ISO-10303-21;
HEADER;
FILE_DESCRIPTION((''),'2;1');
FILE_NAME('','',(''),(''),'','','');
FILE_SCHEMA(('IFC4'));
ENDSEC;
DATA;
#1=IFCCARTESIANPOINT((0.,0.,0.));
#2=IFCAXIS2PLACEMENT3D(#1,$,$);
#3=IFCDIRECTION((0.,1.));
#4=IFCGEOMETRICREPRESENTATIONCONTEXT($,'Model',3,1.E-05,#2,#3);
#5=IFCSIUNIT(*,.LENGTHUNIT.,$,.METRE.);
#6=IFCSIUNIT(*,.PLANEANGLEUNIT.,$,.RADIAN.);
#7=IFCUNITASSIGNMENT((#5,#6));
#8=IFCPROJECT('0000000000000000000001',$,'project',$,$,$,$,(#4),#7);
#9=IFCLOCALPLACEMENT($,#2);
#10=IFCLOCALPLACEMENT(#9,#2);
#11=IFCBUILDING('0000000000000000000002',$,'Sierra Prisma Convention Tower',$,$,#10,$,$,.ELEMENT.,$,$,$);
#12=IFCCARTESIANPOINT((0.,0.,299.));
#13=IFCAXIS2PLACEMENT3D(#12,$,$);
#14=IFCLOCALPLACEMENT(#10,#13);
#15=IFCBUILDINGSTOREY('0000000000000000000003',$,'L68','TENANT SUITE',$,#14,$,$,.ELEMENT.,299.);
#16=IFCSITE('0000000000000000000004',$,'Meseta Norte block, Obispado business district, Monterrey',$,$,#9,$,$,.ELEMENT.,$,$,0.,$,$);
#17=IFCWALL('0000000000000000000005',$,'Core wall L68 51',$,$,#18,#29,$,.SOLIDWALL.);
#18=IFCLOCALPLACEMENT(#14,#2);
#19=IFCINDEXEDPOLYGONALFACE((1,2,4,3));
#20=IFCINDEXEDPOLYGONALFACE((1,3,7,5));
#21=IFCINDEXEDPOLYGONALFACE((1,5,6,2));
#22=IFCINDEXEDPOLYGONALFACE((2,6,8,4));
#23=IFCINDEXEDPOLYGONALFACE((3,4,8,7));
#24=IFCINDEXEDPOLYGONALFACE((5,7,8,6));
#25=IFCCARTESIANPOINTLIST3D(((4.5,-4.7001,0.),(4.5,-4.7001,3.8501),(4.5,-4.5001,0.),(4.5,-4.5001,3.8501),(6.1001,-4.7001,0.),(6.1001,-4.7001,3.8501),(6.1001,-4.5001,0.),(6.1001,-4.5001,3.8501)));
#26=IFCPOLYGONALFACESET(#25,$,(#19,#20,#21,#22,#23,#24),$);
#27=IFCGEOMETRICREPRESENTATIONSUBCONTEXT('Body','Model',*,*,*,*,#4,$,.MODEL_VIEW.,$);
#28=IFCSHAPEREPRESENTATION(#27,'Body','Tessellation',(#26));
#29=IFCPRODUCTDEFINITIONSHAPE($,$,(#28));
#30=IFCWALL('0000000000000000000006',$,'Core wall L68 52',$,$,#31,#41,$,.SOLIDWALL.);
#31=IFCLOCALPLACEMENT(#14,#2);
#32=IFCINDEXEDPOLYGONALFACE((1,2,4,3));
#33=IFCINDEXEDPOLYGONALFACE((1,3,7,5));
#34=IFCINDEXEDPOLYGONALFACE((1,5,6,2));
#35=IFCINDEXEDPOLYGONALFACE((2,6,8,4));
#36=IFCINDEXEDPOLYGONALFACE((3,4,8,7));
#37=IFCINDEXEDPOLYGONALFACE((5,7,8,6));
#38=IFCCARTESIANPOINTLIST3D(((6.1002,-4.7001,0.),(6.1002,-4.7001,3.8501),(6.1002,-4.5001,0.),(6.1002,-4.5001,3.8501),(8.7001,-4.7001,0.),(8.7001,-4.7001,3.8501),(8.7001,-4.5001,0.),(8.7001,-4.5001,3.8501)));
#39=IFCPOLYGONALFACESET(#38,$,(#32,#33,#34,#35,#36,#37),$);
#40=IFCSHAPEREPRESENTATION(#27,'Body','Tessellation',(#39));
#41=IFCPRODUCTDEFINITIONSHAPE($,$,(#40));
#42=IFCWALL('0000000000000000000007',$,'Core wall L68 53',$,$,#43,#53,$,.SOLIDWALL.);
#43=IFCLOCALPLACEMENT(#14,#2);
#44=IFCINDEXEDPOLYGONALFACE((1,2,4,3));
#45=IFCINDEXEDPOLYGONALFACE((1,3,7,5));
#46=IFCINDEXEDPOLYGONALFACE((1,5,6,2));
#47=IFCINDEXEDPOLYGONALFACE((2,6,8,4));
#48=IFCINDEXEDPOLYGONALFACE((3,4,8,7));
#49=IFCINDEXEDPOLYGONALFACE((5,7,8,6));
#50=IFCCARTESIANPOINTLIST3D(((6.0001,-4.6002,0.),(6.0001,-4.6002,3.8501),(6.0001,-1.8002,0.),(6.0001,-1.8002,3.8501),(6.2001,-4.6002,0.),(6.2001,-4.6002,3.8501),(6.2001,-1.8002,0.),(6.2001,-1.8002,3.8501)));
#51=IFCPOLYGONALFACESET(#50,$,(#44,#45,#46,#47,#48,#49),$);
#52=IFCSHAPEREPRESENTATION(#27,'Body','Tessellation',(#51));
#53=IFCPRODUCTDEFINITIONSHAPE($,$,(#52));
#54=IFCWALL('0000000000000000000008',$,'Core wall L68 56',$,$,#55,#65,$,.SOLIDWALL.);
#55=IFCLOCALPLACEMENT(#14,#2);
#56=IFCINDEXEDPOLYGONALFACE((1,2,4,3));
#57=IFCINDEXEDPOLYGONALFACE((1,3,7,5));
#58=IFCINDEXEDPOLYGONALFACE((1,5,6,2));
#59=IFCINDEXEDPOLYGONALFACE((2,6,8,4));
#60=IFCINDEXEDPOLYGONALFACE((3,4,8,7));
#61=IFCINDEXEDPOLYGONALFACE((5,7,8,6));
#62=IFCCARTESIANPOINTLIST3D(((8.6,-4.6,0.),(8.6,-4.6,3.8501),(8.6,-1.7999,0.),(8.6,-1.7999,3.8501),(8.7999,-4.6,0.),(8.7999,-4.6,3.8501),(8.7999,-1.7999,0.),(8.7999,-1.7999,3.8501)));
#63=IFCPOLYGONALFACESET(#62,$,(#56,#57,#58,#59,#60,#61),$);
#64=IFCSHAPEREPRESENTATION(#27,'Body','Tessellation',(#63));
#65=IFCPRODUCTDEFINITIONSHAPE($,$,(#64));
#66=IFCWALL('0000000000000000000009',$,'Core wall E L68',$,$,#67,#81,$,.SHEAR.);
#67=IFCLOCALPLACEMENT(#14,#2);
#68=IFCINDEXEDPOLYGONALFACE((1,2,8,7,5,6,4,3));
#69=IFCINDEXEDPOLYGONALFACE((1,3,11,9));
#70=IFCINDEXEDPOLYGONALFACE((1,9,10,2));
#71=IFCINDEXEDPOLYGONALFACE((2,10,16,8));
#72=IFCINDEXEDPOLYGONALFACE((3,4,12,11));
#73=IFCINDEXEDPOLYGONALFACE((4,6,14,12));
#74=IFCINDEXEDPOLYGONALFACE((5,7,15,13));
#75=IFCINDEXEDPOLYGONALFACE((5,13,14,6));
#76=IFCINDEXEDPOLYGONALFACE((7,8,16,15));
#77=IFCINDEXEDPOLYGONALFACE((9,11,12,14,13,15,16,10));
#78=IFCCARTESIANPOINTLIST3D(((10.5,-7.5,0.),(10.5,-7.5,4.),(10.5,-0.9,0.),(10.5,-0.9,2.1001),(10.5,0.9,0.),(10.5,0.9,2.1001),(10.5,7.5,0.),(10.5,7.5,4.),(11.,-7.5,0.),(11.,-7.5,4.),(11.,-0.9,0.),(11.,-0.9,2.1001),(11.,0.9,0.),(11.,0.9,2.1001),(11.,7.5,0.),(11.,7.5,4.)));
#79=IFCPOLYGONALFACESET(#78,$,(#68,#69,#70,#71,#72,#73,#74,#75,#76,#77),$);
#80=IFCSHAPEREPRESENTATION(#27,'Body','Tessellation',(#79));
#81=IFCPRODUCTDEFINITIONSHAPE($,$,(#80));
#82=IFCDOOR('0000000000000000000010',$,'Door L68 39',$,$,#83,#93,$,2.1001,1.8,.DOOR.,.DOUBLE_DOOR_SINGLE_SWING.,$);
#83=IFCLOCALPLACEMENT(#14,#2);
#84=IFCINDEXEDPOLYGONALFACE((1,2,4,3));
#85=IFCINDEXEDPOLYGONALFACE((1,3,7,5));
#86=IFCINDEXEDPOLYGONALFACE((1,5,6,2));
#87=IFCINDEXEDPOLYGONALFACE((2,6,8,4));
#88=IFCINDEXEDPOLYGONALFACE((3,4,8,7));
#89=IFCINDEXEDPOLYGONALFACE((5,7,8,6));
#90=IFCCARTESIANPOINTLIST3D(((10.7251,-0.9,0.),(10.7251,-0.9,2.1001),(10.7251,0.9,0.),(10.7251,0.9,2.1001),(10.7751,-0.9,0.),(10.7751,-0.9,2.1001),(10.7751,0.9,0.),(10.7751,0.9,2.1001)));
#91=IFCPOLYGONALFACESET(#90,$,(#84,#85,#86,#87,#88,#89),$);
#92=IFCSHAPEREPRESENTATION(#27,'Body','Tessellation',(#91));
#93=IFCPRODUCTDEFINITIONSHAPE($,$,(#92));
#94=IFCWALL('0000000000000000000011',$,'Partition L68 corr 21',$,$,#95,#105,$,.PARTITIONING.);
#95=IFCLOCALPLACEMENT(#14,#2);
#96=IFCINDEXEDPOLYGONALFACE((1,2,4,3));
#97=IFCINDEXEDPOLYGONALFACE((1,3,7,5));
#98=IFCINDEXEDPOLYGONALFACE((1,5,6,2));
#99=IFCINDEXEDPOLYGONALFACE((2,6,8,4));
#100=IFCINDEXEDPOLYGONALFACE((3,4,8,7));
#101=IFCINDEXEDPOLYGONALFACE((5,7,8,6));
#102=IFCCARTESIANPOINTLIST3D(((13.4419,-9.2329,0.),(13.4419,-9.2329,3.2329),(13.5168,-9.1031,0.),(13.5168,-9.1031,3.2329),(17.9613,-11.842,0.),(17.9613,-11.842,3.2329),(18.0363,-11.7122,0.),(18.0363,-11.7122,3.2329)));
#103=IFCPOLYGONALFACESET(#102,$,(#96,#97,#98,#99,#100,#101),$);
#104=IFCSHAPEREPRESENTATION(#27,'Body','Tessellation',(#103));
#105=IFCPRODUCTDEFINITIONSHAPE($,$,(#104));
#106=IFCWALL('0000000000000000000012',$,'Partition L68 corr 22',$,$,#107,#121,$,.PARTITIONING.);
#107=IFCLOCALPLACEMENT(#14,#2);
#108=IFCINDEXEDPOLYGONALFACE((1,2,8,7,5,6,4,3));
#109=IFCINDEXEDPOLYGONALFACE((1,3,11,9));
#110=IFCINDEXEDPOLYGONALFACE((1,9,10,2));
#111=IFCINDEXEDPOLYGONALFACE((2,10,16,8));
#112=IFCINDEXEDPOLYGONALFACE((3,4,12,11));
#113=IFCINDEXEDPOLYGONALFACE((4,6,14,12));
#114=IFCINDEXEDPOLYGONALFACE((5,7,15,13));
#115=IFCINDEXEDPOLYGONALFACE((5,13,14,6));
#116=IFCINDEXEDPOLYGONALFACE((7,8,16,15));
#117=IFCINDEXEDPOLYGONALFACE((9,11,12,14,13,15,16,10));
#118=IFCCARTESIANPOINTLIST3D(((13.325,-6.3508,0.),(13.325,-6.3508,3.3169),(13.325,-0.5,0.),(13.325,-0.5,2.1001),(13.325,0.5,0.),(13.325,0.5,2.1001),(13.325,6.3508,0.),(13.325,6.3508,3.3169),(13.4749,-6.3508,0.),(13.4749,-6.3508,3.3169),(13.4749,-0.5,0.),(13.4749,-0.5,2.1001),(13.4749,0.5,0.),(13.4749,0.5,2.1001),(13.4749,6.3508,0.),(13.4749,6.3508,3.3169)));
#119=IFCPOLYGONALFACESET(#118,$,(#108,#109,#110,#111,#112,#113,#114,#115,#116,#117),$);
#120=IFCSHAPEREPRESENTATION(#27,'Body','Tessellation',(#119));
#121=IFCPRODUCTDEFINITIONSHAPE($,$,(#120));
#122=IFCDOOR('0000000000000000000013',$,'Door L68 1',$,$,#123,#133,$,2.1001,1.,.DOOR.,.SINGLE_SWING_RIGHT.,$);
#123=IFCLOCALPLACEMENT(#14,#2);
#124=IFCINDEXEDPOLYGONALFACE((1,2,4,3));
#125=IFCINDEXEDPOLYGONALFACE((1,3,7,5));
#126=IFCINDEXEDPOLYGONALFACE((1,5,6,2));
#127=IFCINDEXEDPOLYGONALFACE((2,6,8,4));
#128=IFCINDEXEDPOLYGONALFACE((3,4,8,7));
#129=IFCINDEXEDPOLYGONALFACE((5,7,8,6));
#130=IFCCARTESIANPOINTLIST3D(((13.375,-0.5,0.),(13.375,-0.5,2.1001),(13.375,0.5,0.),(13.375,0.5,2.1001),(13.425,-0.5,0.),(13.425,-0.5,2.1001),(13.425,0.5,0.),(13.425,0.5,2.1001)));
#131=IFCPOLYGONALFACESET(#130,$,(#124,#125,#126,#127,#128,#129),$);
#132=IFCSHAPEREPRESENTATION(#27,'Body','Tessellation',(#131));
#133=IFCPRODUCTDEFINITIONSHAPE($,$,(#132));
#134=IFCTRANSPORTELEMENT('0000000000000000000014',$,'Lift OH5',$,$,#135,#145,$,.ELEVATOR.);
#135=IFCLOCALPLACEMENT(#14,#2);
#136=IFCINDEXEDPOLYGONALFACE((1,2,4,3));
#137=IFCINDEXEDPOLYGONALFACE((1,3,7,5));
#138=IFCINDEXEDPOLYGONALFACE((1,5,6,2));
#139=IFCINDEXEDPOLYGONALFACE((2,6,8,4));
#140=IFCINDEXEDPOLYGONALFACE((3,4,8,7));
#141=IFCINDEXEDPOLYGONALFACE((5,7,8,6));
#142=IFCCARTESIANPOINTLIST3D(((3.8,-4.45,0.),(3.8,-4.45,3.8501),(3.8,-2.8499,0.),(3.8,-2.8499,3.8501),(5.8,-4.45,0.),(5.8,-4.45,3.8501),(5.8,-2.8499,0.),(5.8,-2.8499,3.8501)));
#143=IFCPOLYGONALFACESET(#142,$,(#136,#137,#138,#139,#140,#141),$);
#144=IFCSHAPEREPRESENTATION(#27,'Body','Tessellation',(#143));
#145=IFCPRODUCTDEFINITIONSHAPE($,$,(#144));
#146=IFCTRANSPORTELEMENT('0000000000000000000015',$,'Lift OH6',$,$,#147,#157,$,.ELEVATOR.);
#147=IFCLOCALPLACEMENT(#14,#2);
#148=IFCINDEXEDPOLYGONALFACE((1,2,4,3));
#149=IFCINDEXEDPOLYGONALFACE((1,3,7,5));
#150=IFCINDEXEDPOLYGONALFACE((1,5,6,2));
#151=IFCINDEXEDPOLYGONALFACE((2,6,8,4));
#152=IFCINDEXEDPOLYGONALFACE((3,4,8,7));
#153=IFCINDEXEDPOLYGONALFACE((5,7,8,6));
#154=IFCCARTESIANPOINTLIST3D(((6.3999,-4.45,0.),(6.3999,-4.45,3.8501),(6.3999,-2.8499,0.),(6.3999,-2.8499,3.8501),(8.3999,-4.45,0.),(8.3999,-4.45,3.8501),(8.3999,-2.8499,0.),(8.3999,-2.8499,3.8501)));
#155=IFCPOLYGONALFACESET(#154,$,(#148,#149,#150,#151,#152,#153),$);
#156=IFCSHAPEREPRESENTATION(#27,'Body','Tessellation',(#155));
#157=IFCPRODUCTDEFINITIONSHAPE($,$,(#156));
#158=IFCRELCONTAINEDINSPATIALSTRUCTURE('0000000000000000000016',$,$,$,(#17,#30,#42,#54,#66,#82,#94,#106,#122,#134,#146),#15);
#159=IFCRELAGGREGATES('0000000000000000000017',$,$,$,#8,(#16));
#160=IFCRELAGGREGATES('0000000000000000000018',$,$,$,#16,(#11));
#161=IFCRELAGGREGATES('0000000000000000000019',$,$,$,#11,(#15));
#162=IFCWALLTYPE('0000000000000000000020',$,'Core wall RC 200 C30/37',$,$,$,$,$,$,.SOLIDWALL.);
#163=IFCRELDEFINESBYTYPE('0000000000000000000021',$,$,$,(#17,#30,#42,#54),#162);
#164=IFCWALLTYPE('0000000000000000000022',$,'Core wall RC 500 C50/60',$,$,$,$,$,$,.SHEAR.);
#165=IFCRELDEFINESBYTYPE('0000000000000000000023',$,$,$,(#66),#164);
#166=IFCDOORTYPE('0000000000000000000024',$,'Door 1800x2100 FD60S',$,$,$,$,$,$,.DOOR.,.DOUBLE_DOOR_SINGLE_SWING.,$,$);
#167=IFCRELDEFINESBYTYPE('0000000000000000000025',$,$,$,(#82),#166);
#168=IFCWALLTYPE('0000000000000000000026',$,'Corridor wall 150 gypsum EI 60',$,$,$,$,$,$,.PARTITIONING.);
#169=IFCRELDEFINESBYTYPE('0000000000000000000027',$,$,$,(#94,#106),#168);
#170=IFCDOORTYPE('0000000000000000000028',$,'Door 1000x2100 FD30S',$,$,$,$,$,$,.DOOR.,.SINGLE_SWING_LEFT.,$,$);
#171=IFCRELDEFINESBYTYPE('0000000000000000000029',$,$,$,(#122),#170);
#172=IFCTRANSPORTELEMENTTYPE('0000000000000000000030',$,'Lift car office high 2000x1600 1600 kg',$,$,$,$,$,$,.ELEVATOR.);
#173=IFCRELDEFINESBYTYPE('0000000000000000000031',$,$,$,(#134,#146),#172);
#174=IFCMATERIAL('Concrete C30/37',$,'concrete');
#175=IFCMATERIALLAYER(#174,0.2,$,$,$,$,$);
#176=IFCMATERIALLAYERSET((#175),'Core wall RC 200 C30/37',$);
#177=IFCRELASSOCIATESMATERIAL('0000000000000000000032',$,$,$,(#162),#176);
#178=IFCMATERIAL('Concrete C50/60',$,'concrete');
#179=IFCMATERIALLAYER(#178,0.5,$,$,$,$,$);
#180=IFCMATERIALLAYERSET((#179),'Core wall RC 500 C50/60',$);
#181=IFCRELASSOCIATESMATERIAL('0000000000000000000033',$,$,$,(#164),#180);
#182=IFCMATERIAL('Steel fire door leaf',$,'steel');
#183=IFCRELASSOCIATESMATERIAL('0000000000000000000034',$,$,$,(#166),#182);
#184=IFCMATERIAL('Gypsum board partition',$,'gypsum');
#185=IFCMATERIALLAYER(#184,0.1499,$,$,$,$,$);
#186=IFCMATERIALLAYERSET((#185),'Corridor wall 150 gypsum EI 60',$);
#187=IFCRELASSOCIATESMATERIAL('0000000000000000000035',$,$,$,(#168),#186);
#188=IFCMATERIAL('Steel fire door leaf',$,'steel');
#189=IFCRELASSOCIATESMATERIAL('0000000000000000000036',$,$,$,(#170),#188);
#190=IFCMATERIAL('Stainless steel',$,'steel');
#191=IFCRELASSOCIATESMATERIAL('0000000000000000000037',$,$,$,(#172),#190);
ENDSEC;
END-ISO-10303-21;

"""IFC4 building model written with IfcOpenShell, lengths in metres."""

from ifc_helpers import new_model, si_unit, direction, frame, frame_2d, origin, origin_2d, place, context, subcontext, project, spatial, rectangle, extrude, material, layer, layer_set, type_object, element, fill, save


model = new_model("IFC4")

# Units and contexts
model_context = context("Model", 3, precision=1e-05, world=origin(), true_north=direction((0.0, 1.0)))
body_context = subcontext(model_context, "Body", "Model", "MODEL_VIEW")
ifc_project = project(units=[si_unit("LENGTHUNIT", "METRE"), si_unit("PLANEANGLEUNIT", "RADIAN")], contexts=[model_context])

# Site, building, storey
site_placement = place(None, origin())
site = spatial("IfcSite", under=ifc_project, at=site_placement, Name="Meseta Norte block, Obispado business district, Monterrey", CompositionType="ELEMENT", RefElevation=0.0)
building_placement = place(site_placement, origin())
building = spatial("IfcBuilding", under=site, at=building_placement, Name="Sierra Prisma Convention Tower", CompositionType="ELEMENT")
storey_placement = place(building_placement, frame((0.0, 0.0, 299.0)))
storey = spatial("IfcBuildingStorey", under=building, at=storey_placement, Name="L68", Description="TENANT SUITE", CompositionType="ELEMENT", Elevation=299.0)

# Walls
ifc_material_1 = material(Name="Concrete C30/37", Category="concrete")
ifc_layer_1 = layer(ifc_material_1, 0.2)
ifc_layer_set_1 = layer_set([ifc_layer_1], Name="Core wall RC 200 C30/37")
wall_type_1 = type_object("IfcWallType", Name="Core wall RC 200 C30/37", PredefinedType="SOLIDWALL", material=ifc_layer_set_1)
wall_1_placement = place(storey_placement, frame((6.1001, -4.6001, 0.0), z_axis=(0.0, 0.0, 1.0), x_axis=(-1.0, 0.0, 0.0)))
element("IfcWall", 1, at=wall_1_placement, inside=storey, type_object=wall_type_1, Name="Core wall L68 51", PredefinedType="SOLIDWALL", context=body_context, shape_type="SweptSolid", body=[
    extrude(rectangle(XDim=1.6001, YDim=0.2, at=frame_2d((0.8, 0.0))), origin(), (0.0, 0.0, 1.0), 3.8501),
])
wall_2_placement = place(storey_placement, frame((8.7, -4.6001, 0.0), z_axis=(0.0, 0.0, 1.0), x_axis=(-1.0, 0.0, 0.0)))
element("IfcWall", 2, at=wall_2_placement, inside=storey, type_object=wall_type_1, Name="Core wall L68 52", PredefinedType="SOLIDWALL", context=body_context, shape_type="SweptSolid", body=[
    extrude(rectangle(XDim=2.5999, YDim=0.2, at=frame_2d((1.2998, 0.0))), origin(), (0.0, 0.0, 1.0), 3.8501),
])
wall_3_placement = place(storey_placement, frame((6.1001, -4.6001, 0.0), z_axis=(0.0, 0.0, 1.0), x_axis=(0.0, 1.0, 0.0)))
element("IfcWall", 3, at=wall_3_placement, inside=storey, type_object=wall_type_1, Name="Core wall L68 53", PredefinedType="SOLIDWALL", context=body_context, shape_type="SweptSolid", body=[
    extrude(rectangle(XDim=2.8, YDim=0.2, at=frame_2d((1.3999, 0.0))), origin(), (0.0, 0.0, 1.0), 3.8501),
])

# Wall
wall_4_placement = place(storey_placement, frame((8.7, -1.8, 0.0), z_axis=(0.0, 0.0, 1.0), x_axis=(0.0, -1.0, 0.0)))
element("IfcWall", 4, at=wall_4_placement, inside=storey, type_object=wall_type_1, Name="Core wall L68 56", PredefinedType="SOLIDWALL", context=body_context, shape_type="SweptSolid", body=[
    extrude(rectangle(XDim=2.8, YDim=0.2, at=frame_2d((1.3999, 0.0))), origin(), (0.0, 0.0, 1.0), 3.8501),
])

# Wall, opening, door
ifc_material_2 = material(Name="Concrete C50/60", Category="concrete")
ifc_layer_2 = layer(ifc_material_2, 0.5)
ifc_layer_set_2 = layer_set([ifc_layer_2], Name="Core wall RC 500 C50/60")
wall_type_2 = type_object("IfcWallType", Name="Core wall RC 500 C50/60", PredefinedType="SHEAR", material=ifc_layer_set_2)
wall_5_placement = place(storey_placement, frame((10.75, -7.5, 0.0), z_axis=(0.0, 0.0, 1.0), x_axis=(0.0, 1.0, 0.0)))
wall_5 = element("IfcWall", 5, at=wall_5_placement, inside=storey, type_object=wall_type_2, Name="Core wall E L68", PredefinedType="SHEAR", context=body_context, shape_type="SweptSolid", body=[
    extrude(rectangle(XDim=15.0, YDim=0.5, at=frame_2d((7.5, 0.0))), origin(), (0.0, 0.0, 1.0), 4.0),
])
opening_1_placement = place(wall_5_placement, frame((6.6001, 0.0, 0.0)))
opening_1 = element("IfcOpeningElement", 6, at=opening_1_placement, cuts=wall_5, PredefinedType="OPENING", context=body_context, shape_type="SweptSolid", body=[
    extrude(rectangle(XDim=1.8, YDim=2.1001, at=frame_2d((0.8999, 1.05))), frame((0.0, 0.25, 0.0), z_axis=(0.0, -1.0, 0.0), x_axis=(1.0, 0.0, 0.0)), (0.0, 0.0, 1.0), 0.5),
])
ifc_material_3 = material(Name="Steel fire door leaf", Category="steel")
door_type_1 = type_object("IfcDoorType", Name="Door 1800x2100 FD60S", OperationType="DOUBLE_DOOR_SINGLE_SWING", PredefinedType="DOOR", material=ifc_material_3)
door_1_placement = place(opening_1_placement, origin())
door_1 = element("IfcDoor", 7, at=door_1_placement, inside=storey, type_object=door_type_1, Name="Door L68 39", OperationType="DOUBLE_DOOR_SINGLE_SWING", OverallHeight=2.1001, OverallWidth=1.8, PredefinedType="DOOR", context=body_context, shape_type="SweptSolid", body=[
    extrude(rectangle(XDim=1.8, YDim=2.1001, at=frame_2d((0.8999, 1.05))), frame((0.0, 0.0249, 0.0), z_axis=(0.0, -1.0, 0.0), x_axis=(1.0, 0.0, 0.0)), (0.0, 0.0, 1.0), 0.05),
])
fill(opening_1, door_1)

# Wall
ifc_material_4 = material(Name="Gypsum board partition", Category="gypsum")
ifc_layer_3 = layer(ifc_material_4, 0.1499)
ifc_layer_set_3 = layer_set([ifc_layer_3], Name="Corridor wall 150 gypsum EI 60")
wall_type_3 = type_object("IfcWallType", Name="Corridor wall 150 gypsum EI 60", PredefinedType="PARTITIONING", material=ifc_layer_set_3)
wall_6_placement = place(storey_placement, frame((13.4792, -9.168, 0.0), z_axis=(0.0, 0.0, 1.0), x_axis=(0.866044, -0.499968, 0.0)))
element("IfcWall", 8, at=wall_6_placement, inside=storey, type_object=wall_type_3, Name="Partition L68 corr 21", PredefinedType="PARTITIONING", context=body_context, shape_type="SweptSolid", body=[
    extrude(rectangle(XDim=5.2185, YDim=0.1499, at=frame_2d((2.6094, 0.0))), origin(), (0.0, 0.0, 1.0), 3.2329),
])

# Wall, opening, door
wall_7_placement = place(storey_placement, frame((13.3999, -6.3508, 0.0), z_axis=(0.0, 0.0, 1.0), x_axis=(0.0, 1.0, 0.0)))
wall_7 = element("IfcWall", 9, at=wall_7_placement, inside=storey, type_object=wall_type_3, Name="Partition L68 corr 22", PredefinedType="PARTITIONING", context=body_context, shape_type="SweptSolid", body=[
    extrude(rectangle(XDim=12.7017, YDim=0.1499, at=frame_2d((6.3508, 0.0))), origin(), (0.0, 0.0, 1.0), 3.3169),
])
opening_2_placement = place(wall_7_placement, frame((5.8508, 0.0, 0.0)))
opening_2 = element("IfcOpeningElement", 10, at=opening_2_placement, cuts=wall_7, PredefinedType="OPENING", context=body_context, shape_type="SweptSolid", body=[
    extrude(rectangle(XDim=1.0, YDim=2.1001, at=frame_2d((0.5, 1.05))), frame((0.0, 0.075, 0.0), z_axis=(0.0, -1.0, 0.0), x_axis=(1.0, 0.0, 0.0)), (0.0, 0.0, 1.0), 0.1499),
])
ifc_material_5 = material(Name="Steel fire door leaf", Category="steel")
door_type_2 = type_object("IfcDoorType", Name="Door 1000x2100 FD30S", OperationType="SINGLE_SWING_LEFT", PredefinedType="DOOR", material=ifc_material_5)
door_2_placement = place(opening_2_placement, origin())
door_2 = element("IfcDoor", 11, at=door_2_placement, inside=storey, type_object=door_type_2, Name="Door L68 1", OperationType="SINGLE_SWING_RIGHT", OverallHeight=2.1001, OverallWidth=1.0, PredefinedType="DOOR", context=body_context, shape_type="SweptSolid", body=[
    extrude(rectangle(XDim=1.0, YDim=2.1001, at=frame_2d((0.5, 1.05))), frame((0.0, 0.0249, 0.0), z_axis=(0.0, -1.0, 0.0), x_axis=(1.0, 0.0, 0.0)), (0.0, 0.0, 1.0), 0.05),
])
fill(opening_2, door_2)

# Transport elements
ifc_material_6 = material(Name="Stainless steel", Category="steel")
transport_element_type = type_object("IfcTransportElementType", Name="Lift car office high 2000x1600 1600 kg", PredefinedType="ELEVATOR", material=ifc_material_6)
for number, where, z_axis, x_axis, name in (
    (12, (4.8, -3.6499, 0.0), (0.0, 0.0, 1.0), (1.0, 0.0, 0.0), "Lift OH5"),
    (13, (7.3999, -3.6499, 0.0), (0.0, 0.0, 1.0), (1.0, 0.0, 0.0), "Lift OH6"),
):
    element("IfcTransportElement", number, at=place(storey_placement, frame(where, z_axis=z_axis, x_axis=x_axis)), inside=storey, type_object=transport_element_type, Name=name, PredefinedType="ELEVATOR", context=body_context, shape_type="SweptSolid", body=[
        extrude(rectangle(XDim=2.0, YDim=1.6001, at=origin_2d()), origin(), (0.0, 0.0, 1.0), 3.8501),
    ])

save(model, "model.ifc")
